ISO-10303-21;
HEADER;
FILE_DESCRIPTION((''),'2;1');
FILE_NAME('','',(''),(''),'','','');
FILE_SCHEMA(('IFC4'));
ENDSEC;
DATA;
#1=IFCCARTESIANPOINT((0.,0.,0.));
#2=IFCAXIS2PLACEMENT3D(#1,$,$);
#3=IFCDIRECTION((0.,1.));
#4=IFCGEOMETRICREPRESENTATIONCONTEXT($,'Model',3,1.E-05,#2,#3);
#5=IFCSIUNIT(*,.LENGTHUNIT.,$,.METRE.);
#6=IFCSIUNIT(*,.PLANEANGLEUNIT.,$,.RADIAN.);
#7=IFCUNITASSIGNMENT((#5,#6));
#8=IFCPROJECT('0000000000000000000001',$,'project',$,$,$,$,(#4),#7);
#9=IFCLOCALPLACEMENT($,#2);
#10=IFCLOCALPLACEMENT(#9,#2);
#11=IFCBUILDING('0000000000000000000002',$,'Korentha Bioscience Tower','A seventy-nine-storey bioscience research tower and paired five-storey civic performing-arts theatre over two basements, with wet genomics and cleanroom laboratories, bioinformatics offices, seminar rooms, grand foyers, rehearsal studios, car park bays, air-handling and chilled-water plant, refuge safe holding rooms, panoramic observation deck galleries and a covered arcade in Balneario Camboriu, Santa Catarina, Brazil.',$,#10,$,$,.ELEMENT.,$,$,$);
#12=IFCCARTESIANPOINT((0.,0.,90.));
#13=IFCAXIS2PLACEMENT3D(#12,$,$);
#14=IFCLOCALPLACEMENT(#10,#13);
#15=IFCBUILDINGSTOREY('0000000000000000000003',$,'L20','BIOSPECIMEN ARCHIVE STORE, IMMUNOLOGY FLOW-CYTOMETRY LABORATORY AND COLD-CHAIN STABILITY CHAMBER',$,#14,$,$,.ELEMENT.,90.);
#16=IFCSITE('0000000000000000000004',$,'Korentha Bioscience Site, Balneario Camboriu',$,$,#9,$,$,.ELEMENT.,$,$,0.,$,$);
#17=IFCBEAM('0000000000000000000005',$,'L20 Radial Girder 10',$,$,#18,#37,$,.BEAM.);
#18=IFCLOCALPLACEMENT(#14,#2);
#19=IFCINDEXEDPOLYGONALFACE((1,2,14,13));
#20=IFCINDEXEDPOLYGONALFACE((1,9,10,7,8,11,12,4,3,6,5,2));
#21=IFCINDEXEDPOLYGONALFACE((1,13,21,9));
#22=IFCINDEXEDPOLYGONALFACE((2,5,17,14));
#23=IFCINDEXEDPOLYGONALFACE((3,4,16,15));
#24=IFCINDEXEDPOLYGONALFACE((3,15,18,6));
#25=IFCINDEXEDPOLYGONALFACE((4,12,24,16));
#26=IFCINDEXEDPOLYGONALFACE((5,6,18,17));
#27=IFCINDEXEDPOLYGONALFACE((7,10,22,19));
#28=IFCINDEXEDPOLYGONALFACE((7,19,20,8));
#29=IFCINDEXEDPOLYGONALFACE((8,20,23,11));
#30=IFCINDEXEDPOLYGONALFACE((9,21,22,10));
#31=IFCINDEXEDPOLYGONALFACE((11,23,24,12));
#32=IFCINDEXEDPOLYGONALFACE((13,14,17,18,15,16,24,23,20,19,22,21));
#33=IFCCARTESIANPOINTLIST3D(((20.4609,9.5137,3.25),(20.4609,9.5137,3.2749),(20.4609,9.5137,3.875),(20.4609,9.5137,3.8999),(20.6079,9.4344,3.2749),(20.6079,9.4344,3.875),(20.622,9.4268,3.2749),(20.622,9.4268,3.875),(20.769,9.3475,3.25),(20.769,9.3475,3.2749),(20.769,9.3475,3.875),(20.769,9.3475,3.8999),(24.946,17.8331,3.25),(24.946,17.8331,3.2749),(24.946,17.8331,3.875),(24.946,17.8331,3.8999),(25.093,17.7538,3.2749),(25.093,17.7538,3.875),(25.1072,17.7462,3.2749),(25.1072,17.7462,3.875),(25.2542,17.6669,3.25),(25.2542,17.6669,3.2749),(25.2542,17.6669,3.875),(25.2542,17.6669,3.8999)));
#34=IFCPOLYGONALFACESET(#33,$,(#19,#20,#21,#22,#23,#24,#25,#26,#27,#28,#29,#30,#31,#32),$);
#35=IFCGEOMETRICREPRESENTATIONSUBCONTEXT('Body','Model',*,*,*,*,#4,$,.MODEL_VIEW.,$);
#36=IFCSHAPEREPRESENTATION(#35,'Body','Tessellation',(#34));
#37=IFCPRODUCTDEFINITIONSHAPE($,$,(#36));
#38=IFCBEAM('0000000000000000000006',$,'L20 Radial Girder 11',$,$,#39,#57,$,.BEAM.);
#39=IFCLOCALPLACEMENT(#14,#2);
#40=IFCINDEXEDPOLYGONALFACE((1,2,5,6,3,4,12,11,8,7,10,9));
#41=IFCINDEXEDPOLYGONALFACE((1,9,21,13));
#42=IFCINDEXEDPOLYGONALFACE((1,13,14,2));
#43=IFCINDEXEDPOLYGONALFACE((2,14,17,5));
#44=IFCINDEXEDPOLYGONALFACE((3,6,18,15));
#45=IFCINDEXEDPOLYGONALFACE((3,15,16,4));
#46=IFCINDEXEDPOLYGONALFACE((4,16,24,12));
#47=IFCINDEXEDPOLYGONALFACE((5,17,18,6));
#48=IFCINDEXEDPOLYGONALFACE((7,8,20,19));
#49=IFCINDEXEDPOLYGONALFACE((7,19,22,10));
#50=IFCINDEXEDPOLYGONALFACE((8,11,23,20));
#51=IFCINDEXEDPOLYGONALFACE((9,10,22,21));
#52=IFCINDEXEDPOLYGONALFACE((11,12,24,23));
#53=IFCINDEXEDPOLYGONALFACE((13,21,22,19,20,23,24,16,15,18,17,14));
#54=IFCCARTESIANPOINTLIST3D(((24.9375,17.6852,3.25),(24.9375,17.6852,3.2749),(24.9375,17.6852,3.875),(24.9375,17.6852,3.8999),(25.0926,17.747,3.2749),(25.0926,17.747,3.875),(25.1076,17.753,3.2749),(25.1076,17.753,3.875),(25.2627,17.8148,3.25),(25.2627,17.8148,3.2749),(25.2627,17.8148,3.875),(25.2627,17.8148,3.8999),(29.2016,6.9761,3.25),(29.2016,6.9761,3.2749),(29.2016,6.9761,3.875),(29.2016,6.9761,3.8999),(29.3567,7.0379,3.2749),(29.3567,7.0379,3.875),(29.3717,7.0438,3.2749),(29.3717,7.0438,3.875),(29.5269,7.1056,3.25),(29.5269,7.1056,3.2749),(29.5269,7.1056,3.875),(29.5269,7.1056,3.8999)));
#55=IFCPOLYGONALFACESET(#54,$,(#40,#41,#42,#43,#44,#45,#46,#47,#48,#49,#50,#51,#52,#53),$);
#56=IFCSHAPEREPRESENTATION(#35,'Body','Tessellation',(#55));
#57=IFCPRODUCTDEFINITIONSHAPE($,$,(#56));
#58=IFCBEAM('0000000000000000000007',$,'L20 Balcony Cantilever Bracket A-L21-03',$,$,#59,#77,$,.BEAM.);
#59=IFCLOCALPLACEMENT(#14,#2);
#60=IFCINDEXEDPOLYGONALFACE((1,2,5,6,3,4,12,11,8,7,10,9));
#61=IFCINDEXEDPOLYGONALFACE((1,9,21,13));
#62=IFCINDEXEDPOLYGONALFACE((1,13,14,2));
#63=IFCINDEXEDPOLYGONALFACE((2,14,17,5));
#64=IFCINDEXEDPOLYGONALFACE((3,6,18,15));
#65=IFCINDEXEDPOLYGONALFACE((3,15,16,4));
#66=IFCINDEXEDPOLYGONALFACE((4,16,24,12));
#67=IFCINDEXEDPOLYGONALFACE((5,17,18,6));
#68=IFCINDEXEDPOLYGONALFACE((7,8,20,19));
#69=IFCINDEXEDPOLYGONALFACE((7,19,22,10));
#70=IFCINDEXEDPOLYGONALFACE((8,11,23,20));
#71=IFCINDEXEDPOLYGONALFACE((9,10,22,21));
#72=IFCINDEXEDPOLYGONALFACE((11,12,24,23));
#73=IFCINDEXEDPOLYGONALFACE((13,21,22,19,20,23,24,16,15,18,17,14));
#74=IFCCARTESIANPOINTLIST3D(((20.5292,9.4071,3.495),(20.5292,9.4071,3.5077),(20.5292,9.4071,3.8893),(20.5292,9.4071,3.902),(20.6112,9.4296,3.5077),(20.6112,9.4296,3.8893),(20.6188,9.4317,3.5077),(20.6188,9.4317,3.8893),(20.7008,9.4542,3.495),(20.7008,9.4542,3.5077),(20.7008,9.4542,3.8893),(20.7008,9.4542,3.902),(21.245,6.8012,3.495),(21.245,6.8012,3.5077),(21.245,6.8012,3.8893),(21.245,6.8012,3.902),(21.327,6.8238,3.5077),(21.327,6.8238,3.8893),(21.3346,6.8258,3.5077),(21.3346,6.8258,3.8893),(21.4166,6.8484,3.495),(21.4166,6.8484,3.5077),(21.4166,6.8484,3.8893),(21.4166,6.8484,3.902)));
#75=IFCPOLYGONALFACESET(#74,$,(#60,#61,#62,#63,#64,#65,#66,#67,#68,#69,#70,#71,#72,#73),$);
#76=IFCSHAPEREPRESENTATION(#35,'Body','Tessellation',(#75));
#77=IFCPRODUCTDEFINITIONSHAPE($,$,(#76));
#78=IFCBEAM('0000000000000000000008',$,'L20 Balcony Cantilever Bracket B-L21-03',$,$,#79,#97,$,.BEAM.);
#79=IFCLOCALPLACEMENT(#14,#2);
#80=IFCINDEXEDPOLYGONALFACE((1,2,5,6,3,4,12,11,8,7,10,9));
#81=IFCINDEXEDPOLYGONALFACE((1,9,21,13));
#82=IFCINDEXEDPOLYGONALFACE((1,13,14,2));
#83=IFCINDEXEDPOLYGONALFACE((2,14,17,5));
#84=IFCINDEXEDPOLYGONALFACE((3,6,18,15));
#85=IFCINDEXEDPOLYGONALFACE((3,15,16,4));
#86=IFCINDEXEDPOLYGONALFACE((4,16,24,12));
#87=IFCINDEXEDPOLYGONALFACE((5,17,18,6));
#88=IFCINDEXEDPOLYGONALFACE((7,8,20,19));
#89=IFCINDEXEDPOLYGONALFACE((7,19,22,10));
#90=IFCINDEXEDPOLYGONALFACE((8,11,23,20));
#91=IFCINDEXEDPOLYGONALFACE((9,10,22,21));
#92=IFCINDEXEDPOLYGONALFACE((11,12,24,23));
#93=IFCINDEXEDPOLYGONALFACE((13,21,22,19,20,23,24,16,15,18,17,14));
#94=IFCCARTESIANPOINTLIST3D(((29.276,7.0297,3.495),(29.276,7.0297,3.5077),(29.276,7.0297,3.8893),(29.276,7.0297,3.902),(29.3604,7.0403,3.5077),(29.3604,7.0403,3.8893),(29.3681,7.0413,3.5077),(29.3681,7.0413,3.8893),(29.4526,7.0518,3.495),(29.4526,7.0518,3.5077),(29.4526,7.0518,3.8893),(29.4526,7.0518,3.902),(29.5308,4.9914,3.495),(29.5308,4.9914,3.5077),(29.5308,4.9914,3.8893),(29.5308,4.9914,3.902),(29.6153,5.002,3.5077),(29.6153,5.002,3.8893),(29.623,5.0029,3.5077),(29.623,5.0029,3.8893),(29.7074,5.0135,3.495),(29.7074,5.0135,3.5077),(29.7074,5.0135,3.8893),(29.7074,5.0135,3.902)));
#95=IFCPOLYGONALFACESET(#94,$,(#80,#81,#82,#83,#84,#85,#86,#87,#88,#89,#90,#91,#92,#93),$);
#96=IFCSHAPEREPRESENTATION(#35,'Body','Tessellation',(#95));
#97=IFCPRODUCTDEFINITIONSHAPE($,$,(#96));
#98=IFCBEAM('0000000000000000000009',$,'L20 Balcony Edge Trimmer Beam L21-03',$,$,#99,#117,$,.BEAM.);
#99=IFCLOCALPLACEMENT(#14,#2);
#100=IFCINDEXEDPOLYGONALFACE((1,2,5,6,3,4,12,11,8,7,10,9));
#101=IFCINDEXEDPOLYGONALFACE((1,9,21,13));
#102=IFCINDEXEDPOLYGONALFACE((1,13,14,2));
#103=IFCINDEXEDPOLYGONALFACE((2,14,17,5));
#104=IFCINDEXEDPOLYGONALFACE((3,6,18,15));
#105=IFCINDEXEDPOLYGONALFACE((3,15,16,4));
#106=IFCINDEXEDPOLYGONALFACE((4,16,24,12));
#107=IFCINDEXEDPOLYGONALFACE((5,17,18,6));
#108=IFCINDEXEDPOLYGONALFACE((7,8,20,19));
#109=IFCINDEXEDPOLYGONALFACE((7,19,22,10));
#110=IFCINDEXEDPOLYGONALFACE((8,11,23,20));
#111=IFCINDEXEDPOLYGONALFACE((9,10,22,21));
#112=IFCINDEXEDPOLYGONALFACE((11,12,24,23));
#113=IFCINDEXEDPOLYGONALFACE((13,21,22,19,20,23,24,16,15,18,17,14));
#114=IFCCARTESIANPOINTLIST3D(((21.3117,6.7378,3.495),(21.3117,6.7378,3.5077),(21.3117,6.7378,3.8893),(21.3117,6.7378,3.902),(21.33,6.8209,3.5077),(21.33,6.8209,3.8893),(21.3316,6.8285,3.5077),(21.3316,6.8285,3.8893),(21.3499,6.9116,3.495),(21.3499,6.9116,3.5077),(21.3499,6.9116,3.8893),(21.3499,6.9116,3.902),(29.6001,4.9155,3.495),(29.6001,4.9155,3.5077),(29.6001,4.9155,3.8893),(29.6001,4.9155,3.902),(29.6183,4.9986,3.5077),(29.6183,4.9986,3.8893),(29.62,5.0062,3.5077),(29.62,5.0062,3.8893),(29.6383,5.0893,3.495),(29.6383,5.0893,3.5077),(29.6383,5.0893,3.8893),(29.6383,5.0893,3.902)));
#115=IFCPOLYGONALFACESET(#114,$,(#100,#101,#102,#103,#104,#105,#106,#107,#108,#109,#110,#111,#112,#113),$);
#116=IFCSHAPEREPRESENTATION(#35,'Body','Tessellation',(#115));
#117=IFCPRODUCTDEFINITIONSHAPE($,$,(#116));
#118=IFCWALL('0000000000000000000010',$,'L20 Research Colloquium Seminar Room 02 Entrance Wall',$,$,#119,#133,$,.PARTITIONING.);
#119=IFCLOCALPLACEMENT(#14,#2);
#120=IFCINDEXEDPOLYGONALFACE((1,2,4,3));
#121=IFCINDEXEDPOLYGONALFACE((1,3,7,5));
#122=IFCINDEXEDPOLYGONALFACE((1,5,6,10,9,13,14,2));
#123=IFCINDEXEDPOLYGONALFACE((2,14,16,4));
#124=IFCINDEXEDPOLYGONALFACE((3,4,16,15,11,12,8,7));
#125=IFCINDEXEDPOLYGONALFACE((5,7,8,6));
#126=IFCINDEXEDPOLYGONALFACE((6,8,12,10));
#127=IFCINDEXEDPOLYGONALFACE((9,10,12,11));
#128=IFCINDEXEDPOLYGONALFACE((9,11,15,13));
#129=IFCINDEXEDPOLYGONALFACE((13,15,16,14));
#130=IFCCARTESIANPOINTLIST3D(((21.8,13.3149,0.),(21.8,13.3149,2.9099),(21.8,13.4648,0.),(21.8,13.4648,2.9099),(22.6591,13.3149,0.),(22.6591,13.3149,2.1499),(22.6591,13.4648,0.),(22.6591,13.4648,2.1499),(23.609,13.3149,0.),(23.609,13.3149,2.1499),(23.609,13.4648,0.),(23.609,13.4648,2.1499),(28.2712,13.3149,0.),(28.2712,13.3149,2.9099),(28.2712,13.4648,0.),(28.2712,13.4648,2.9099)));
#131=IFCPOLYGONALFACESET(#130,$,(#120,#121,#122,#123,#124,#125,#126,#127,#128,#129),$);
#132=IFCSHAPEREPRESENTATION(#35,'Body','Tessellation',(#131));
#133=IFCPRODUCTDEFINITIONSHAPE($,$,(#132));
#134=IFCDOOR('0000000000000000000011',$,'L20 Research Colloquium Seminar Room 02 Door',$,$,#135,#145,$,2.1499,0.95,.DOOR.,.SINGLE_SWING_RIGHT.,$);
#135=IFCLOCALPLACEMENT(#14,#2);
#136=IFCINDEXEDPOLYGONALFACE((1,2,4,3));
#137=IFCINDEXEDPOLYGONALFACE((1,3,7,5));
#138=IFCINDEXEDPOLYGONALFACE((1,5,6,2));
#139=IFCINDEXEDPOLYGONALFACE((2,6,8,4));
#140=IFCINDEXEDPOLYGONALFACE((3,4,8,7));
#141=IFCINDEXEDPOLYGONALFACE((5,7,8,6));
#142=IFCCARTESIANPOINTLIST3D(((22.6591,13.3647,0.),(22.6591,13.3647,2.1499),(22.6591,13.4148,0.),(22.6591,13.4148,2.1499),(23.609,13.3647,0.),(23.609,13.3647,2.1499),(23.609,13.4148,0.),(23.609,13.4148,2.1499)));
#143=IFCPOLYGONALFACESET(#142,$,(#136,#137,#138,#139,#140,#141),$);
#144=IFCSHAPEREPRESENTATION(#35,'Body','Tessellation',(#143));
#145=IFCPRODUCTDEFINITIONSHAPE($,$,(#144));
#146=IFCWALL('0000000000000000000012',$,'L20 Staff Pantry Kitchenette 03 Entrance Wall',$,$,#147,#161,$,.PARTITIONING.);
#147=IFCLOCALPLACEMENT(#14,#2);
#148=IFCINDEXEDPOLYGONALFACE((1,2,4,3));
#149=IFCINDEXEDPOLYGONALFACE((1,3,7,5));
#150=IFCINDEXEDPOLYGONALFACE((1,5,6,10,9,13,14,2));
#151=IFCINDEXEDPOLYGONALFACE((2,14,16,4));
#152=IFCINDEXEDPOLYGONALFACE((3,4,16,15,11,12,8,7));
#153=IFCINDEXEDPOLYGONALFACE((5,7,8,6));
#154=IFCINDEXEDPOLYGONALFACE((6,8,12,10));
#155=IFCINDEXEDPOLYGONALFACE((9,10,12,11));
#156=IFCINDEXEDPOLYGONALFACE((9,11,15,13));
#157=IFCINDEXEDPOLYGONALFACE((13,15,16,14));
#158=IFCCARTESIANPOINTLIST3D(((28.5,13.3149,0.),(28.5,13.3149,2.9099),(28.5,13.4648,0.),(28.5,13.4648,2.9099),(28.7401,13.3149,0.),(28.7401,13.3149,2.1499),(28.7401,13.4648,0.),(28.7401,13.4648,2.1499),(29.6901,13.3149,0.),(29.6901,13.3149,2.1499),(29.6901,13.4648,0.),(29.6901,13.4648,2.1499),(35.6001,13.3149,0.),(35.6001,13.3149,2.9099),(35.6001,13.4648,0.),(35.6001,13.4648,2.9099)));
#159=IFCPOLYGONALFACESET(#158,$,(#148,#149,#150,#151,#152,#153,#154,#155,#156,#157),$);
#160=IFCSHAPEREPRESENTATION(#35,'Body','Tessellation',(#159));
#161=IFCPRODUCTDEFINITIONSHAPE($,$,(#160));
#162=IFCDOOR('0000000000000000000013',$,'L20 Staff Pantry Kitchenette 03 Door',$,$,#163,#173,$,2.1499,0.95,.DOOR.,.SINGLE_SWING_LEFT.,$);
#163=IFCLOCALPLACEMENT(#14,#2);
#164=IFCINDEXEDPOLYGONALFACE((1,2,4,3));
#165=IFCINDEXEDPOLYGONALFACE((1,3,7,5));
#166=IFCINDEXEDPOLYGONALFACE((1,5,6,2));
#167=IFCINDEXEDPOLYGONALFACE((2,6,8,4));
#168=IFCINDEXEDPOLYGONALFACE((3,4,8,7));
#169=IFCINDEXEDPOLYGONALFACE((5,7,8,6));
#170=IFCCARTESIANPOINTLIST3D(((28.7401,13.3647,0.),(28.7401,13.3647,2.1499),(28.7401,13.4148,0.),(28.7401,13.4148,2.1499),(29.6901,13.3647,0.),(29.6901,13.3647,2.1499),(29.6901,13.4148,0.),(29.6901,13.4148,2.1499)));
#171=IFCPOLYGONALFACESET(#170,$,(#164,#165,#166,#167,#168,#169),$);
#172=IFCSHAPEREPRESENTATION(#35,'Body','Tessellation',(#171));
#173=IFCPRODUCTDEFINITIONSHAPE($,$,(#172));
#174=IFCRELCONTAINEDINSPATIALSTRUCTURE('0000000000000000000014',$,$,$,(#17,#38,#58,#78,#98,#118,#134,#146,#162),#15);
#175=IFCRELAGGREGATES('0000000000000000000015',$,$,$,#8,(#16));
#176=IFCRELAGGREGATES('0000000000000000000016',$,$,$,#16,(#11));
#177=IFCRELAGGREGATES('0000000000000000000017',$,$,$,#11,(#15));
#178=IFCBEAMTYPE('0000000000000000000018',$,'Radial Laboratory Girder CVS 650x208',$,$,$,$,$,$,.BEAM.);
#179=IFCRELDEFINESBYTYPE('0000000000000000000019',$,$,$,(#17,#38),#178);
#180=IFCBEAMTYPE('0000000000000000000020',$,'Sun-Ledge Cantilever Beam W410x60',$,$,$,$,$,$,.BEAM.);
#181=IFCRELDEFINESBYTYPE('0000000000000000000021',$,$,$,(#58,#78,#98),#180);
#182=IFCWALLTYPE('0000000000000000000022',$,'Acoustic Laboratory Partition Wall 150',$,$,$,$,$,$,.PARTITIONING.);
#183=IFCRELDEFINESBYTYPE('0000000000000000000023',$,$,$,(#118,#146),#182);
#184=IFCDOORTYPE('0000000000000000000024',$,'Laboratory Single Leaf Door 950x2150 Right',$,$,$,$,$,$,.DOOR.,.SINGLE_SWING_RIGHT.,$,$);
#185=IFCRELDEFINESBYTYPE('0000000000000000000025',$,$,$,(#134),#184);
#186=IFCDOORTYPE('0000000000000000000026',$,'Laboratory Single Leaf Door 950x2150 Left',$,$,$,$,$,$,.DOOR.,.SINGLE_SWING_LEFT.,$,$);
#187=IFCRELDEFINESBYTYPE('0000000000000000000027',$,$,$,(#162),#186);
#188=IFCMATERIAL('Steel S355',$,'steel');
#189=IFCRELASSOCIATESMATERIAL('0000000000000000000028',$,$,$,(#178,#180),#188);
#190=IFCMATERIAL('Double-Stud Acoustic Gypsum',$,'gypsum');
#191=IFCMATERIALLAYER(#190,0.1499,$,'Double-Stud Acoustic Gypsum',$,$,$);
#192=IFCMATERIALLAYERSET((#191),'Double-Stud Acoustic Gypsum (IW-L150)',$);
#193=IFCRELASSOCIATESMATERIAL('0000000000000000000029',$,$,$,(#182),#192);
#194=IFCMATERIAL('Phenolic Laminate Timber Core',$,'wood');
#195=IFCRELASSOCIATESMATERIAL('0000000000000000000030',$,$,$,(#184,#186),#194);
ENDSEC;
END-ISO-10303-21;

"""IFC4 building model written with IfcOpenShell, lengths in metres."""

from ifc_helpers import new_model, si_unit, direction, frame, frame_2d, origin, origin_2d, place, context, subcontext, project, spatial, rectangle, i_section, extrude, material, layer, layer_set, material_profile, profile_set, type_object, element, fill, save


model = new_model("IFC4")

# Units and contexts
model_context = context("Model", 3, precision=1e-05, world=origin(), true_north=direction((0.0, 1.0)))
body_context = subcontext(model_context, "Body", "Model", "MODEL_VIEW")
ifc_project = project(units=[si_unit("LENGTHUNIT", "METRE"), si_unit("PLANEANGLEUNIT", "RADIAN")], contexts=[model_context])

# Site, building, storey
site_placement = place(None, origin())
site = spatial("IfcSite", under=ifc_project, at=site_placement, Name="Korentha Bioscience Site, Balneario Camboriu", CompositionType="ELEMENT", RefElevation=0.0)
building_placement = place(site_placement, origin())
building = spatial("IfcBuilding", under=site, at=building_placement, Name="Korentha Bioscience Tower", Description="A seventy-nine-storey bioscience research tower and paired five-storey civic performing-arts theatre over two basements, with wet genomics and cleanroom laboratories, bioinformatics offices, seminar rooms, grand foyers, rehearsal studios, car park bays, air-handling and chilled-water plant, refuge safe holding rooms, panoramic observation deck galleries and a covered arcade in Balneario Camboriu, Santa Catarina, Brazil.", CompositionType="ELEMENT")
storey_placement = place(building_placement, frame((0.0, 0.0, 90.0)))
storey = spatial("IfcBuildingStorey", under=building, at=storey_placement, Name="L20", Description="BIOSPECIMEN ARCHIVE STORE, IMMUNOLOGY FLOW-CYTOMETRY LABORATORY AND COLD-CHAIN STABILITY CHAMBER", CompositionType="ELEMENT", Elevation=90.0)

# Beams
ifc_material_1 = material(Name="Steel S355", Category="steel")
ifc_material_profile_1 = material_profile(ifc_material_1, i_section(OverallWidth=0.3501, OverallDepth=0.6499, WebThickness=0.0161, FlangeThickness=0.0249, at=origin_2d()), Name="Steel S355")
ifc_profile_set_1 = profile_set([ifc_material_profile_1], Name="Steel S355 (RB-650)")
beam_type_1 = type_object("IfcBeamType", Name="Radial Laboratory Girder CVS 650x208", PredefinedType="BEAM", material=ifc_profile_set_1)
beam_1_placement = place(storey_placement, frame((25.1001, 17.75, 3.575), z_axis=(-0.474548, -0.88023, 0.0), x_axis=(0.88023, -0.474548, 0.0)))
element("IfcBeam", 1, at=beam_1_placement, inside=storey, type_object=beam_type_1, Name="L20 Radial Girder 10", PredefinedType="BEAM", context=body_context, shape_type="SweptSolid", body=[
    extrude(i_section(OverallWidth=0.3501, OverallDepth=0.6499, WebThickness=0.0161, FlangeThickness=0.0249, at=origin_2d()), origin(), (0.0, 0.0, 1.0), 9.4514),
])
beam_2_placement = place(storey_placement, frame((25.1001, 17.75, 3.575), z_axis=(0.36993, -0.92906, 0.0), x_axis=(0.92906, 0.36993, 0.0)))
element("IfcBeam", 2, at=beam_2_placement, inside=storey, type_object=beam_type_1, Name="L20 Radial Girder 11", PredefinedType="BEAM", context=body_context, shape_type="SweptSolid", body=[
    extrude(i_section(OverallWidth=0.3501, OverallDepth=0.6499, WebThickness=0.0161, FlangeThickness=0.0249, at=origin_2d()), origin(), (0.0, 0.0, 1.0), 11.5269),
])
ifc_material_profile_2 = material_profile(ifc_material_1, i_section(OverallWidth=0.178, OverallDepth=0.407, WebThickness=0.0078, FlangeThickness=0.0127, at=origin_2d()), Name="Steel S355")
ifc_profile_set_2 = profile_set([ifc_material_profile_2], Name="Steel S355 (CB-410)")
beam_type_2 = type_object("IfcBeamType", Name="Sun-Ledge Cantilever Beam W410x60", PredefinedType="BEAM", material=ifc_profile_set_2)
beam_3_placement = place(storey_placement, frame((20.615, 9.4307, 3.6985), z_axis=(0.264875, -0.964283, 0.0), x_axis=(0.964283, 0.264875, 0.0)))
element("IfcBeam", 3, at=beam_3_placement, inside=storey, type_object=beam_type_2, Name="L20 Balcony Cantilever Bracket A-L21-03", PredefinedType="BEAM", context=body_context, shape_type="SweptSolid", body=[
    extrude(i_section(OverallWidth=0.178, OverallDepth=0.407, WebThickness=0.0078, FlangeThickness=0.0127, at=origin_2d()), origin(), (0.0, 0.0, 1.0), 2.7024),
])
beam_4_placement = place(storey_placement, frame((29.3643, 7.0408, 3.6985), z_axis=(0.124079, -0.992272, 0.0), x_axis=(0.992272, 0.124079, 0.0)))
element("IfcBeam", 4, at=beam_4_placement, inside=storey, type_object=beam_type_2, Name="L20 Balcony Cantilever Bracket B-L21-03", PredefinedType="BEAM", context=body_context, shape_type="SweptSolid", body=[
    extrude(i_section(OverallWidth=0.178, OverallDepth=0.407, WebThickness=0.0078, FlangeThickness=0.0127, at=origin_2d()), origin(), (0.0, 0.0, 1.0), 2.0542),
])
beam_5_placement = place(storey_placement, frame((21.3308, 6.8247, 3.6985), z_axis=(0.976673, -0.214731, 0.0), x_axis=(0.214731, 0.976673, 0.0)))
element("IfcBeam", 5, at=beam_5_placement, inside=storey, type_object=beam_type_2, Name="L20 Balcony Edge Trimmer Beam L21-03", PredefinedType="BEAM", context=body_context, shape_type="SweptSolid", body=[
    extrude(i_section(OverallWidth=0.178, OverallDepth=0.407, WebThickness=0.0078, FlangeThickness=0.0127, at=origin_2d()), origin(), (0.0, 0.0, 1.0), 8.4863),
])

# Walls, openings, doors
ifc_material_2 = material(Name="Double-Stud Acoustic Gypsum", Category="gypsum")
ifc_layer_1 = layer(ifc_material_2, 0.1499, Name="Double-Stud Acoustic Gypsum")
ifc_layer_set_1 = layer_set([ifc_layer_1], Name="Double-Stud Acoustic Gypsum (IW-L150)")
wall_type_1 = type_object("IfcWallType", Name="Acoustic Laboratory Partition Wall 150", PredefinedType="PARTITIONING", material=ifc_layer_set_1)
wall_1_placement = place(storey_placement, frame((21.8, 13.3899, 0.0), z_axis=(0.0, 0.0, 1.0), x_axis=(1.0, 0.0, 0.0)))
wall_1 = element("IfcWall", 6, at=wall_1_placement, inside=storey, type_object=wall_type_1, Name="L20 Research Colloquium Seminar Room 02 Entrance Wall", PredefinedType="PARTITIONING", context=body_context, shape_type="SweptSolid", body=[
    extrude(rectangle(XDim=6.4712, YDim=0.1499, at=frame_2d((3.2356, 0.0))), origin(), (0.0, 0.0, 1.0), 2.9099),
])
opening_1_placement = place(wall_1_placement, frame((0.8589, 0.0, 0.0)))
opening_1 = element("IfcOpeningElement", 7, at=opening_1_placement, cuts=wall_1, PredefinedType="OPENING", context=body_context, shape_type="SweptSolid", body=[
    extrude(rectangle(XDim=0.95, YDim=2.1499, at=frame_2d((0.4751, 1.075))), frame((0.0, 0.0898, 0.0), z_axis=(0.0, -1.0, 0.0), x_axis=(1.0, 0.0, 0.0)), (0.0, 0.0, 1.0), 0.1797),
])
ifc_material_3 = material(Name="Phenolic Laminate Timber Core", Category="wood")
door_type_1 = type_object("IfcDoorType", Name="Laboratory Single Leaf Door 950x2150 Right", OperationType="SINGLE_SWING_RIGHT", PredefinedType="DOOR", material=ifc_material_3)
door_1_placement = place(opening_1_placement, origin())
door_1 = element("IfcDoor", 8, at=door_1_placement, inside=storey, type_object=door_type_1, Name="L20 Research Colloquium Seminar Room 02 Door", OperationType="SINGLE_SWING_RIGHT", OverallHeight=2.1499, OverallWidth=0.95, PredefinedType="DOOR", context=body_context, shape_type="SweptSolid", body=[
    extrude(rectangle(XDim=0.95, YDim=2.1499, at=frame_2d((0.4751, 1.075))), frame((0.0, 0.0249, 0.0), z_axis=(0.0, -1.0, 0.0), x_axis=(1.0, 0.0, 0.0)), (0.0, 0.0, 1.0), 0.05),
])
fill(opening_1, door_1)
wall_2_placement = place(storey_placement, frame((28.5, 13.3899, 0.0), z_axis=(0.0, 0.0, 1.0), x_axis=(1.0, 0.0, 0.0)))
wall_2 = element("IfcWall", 9, at=wall_2_placement, inside=storey, type_object=wall_type_1, Name="L20 Staff Pantry Kitchenette 03 Entrance Wall", PredefinedType="PARTITIONING", context=body_context, shape_type="SweptSolid", body=[
    extrude(rectangle(XDim=7.1001, YDim=0.1499, at=frame_2d((3.55, 0.0))), origin(), (0.0, 0.0, 1.0), 2.9099),
])
opening_2_placement = place(wall_2_placement, frame((0.24, 0.0, 0.0)))
opening_2 = element("IfcOpeningElement", 10, at=opening_2_placement, cuts=wall_2, PredefinedType="OPENING", context=body_context, shape_type="SweptSolid", body=[
    extrude(rectangle(XDim=0.95, YDim=2.1499, at=frame_2d((0.4751, 1.075))), frame((0.0, 0.0898, 0.0), z_axis=(0.0, -1.0, 0.0), x_axis=(1.0, 0.0, 0.0)), (0.0, 0.0, 1.0), 0.1797),
])
door_type_2 = type_object("IfcDoorType", Name="Laboratory Single Leaf Door 950x2150 Left", OperationType="SINGLE_SWING_LEFT", PredefinedType="DOOR", material=ifc_material_3)
door_2_placement = place(opening_2_placement, origin())
door_2 = element("IfcDoor", 11, at=door_2_placement, inside=storey, type_object=door_type_2, Name="L20 Staff Pantry Kitchenette 03 Door", OperationType="SINGLE_SWING_LEFT", OverallHeight=2.1499, OverallWidth=0.95, PredefinedType="DOOR", context=body_context, shape_type="SweptSolid", body=[
    extrude(rectangle(XDim=0.95, YDim=2.1499, at=frame_2d((0.4751, 1.075))), frame((0.0, 0.0249, 0.0), z_axis=(0.0, -1.0, 0.0), x_axis=(1.0, 0.0, 0.0)), (0.0, 0.0, 1.0), 0.05),
])
fill(opening_2, door_2)

save(model, "model.ifc")
